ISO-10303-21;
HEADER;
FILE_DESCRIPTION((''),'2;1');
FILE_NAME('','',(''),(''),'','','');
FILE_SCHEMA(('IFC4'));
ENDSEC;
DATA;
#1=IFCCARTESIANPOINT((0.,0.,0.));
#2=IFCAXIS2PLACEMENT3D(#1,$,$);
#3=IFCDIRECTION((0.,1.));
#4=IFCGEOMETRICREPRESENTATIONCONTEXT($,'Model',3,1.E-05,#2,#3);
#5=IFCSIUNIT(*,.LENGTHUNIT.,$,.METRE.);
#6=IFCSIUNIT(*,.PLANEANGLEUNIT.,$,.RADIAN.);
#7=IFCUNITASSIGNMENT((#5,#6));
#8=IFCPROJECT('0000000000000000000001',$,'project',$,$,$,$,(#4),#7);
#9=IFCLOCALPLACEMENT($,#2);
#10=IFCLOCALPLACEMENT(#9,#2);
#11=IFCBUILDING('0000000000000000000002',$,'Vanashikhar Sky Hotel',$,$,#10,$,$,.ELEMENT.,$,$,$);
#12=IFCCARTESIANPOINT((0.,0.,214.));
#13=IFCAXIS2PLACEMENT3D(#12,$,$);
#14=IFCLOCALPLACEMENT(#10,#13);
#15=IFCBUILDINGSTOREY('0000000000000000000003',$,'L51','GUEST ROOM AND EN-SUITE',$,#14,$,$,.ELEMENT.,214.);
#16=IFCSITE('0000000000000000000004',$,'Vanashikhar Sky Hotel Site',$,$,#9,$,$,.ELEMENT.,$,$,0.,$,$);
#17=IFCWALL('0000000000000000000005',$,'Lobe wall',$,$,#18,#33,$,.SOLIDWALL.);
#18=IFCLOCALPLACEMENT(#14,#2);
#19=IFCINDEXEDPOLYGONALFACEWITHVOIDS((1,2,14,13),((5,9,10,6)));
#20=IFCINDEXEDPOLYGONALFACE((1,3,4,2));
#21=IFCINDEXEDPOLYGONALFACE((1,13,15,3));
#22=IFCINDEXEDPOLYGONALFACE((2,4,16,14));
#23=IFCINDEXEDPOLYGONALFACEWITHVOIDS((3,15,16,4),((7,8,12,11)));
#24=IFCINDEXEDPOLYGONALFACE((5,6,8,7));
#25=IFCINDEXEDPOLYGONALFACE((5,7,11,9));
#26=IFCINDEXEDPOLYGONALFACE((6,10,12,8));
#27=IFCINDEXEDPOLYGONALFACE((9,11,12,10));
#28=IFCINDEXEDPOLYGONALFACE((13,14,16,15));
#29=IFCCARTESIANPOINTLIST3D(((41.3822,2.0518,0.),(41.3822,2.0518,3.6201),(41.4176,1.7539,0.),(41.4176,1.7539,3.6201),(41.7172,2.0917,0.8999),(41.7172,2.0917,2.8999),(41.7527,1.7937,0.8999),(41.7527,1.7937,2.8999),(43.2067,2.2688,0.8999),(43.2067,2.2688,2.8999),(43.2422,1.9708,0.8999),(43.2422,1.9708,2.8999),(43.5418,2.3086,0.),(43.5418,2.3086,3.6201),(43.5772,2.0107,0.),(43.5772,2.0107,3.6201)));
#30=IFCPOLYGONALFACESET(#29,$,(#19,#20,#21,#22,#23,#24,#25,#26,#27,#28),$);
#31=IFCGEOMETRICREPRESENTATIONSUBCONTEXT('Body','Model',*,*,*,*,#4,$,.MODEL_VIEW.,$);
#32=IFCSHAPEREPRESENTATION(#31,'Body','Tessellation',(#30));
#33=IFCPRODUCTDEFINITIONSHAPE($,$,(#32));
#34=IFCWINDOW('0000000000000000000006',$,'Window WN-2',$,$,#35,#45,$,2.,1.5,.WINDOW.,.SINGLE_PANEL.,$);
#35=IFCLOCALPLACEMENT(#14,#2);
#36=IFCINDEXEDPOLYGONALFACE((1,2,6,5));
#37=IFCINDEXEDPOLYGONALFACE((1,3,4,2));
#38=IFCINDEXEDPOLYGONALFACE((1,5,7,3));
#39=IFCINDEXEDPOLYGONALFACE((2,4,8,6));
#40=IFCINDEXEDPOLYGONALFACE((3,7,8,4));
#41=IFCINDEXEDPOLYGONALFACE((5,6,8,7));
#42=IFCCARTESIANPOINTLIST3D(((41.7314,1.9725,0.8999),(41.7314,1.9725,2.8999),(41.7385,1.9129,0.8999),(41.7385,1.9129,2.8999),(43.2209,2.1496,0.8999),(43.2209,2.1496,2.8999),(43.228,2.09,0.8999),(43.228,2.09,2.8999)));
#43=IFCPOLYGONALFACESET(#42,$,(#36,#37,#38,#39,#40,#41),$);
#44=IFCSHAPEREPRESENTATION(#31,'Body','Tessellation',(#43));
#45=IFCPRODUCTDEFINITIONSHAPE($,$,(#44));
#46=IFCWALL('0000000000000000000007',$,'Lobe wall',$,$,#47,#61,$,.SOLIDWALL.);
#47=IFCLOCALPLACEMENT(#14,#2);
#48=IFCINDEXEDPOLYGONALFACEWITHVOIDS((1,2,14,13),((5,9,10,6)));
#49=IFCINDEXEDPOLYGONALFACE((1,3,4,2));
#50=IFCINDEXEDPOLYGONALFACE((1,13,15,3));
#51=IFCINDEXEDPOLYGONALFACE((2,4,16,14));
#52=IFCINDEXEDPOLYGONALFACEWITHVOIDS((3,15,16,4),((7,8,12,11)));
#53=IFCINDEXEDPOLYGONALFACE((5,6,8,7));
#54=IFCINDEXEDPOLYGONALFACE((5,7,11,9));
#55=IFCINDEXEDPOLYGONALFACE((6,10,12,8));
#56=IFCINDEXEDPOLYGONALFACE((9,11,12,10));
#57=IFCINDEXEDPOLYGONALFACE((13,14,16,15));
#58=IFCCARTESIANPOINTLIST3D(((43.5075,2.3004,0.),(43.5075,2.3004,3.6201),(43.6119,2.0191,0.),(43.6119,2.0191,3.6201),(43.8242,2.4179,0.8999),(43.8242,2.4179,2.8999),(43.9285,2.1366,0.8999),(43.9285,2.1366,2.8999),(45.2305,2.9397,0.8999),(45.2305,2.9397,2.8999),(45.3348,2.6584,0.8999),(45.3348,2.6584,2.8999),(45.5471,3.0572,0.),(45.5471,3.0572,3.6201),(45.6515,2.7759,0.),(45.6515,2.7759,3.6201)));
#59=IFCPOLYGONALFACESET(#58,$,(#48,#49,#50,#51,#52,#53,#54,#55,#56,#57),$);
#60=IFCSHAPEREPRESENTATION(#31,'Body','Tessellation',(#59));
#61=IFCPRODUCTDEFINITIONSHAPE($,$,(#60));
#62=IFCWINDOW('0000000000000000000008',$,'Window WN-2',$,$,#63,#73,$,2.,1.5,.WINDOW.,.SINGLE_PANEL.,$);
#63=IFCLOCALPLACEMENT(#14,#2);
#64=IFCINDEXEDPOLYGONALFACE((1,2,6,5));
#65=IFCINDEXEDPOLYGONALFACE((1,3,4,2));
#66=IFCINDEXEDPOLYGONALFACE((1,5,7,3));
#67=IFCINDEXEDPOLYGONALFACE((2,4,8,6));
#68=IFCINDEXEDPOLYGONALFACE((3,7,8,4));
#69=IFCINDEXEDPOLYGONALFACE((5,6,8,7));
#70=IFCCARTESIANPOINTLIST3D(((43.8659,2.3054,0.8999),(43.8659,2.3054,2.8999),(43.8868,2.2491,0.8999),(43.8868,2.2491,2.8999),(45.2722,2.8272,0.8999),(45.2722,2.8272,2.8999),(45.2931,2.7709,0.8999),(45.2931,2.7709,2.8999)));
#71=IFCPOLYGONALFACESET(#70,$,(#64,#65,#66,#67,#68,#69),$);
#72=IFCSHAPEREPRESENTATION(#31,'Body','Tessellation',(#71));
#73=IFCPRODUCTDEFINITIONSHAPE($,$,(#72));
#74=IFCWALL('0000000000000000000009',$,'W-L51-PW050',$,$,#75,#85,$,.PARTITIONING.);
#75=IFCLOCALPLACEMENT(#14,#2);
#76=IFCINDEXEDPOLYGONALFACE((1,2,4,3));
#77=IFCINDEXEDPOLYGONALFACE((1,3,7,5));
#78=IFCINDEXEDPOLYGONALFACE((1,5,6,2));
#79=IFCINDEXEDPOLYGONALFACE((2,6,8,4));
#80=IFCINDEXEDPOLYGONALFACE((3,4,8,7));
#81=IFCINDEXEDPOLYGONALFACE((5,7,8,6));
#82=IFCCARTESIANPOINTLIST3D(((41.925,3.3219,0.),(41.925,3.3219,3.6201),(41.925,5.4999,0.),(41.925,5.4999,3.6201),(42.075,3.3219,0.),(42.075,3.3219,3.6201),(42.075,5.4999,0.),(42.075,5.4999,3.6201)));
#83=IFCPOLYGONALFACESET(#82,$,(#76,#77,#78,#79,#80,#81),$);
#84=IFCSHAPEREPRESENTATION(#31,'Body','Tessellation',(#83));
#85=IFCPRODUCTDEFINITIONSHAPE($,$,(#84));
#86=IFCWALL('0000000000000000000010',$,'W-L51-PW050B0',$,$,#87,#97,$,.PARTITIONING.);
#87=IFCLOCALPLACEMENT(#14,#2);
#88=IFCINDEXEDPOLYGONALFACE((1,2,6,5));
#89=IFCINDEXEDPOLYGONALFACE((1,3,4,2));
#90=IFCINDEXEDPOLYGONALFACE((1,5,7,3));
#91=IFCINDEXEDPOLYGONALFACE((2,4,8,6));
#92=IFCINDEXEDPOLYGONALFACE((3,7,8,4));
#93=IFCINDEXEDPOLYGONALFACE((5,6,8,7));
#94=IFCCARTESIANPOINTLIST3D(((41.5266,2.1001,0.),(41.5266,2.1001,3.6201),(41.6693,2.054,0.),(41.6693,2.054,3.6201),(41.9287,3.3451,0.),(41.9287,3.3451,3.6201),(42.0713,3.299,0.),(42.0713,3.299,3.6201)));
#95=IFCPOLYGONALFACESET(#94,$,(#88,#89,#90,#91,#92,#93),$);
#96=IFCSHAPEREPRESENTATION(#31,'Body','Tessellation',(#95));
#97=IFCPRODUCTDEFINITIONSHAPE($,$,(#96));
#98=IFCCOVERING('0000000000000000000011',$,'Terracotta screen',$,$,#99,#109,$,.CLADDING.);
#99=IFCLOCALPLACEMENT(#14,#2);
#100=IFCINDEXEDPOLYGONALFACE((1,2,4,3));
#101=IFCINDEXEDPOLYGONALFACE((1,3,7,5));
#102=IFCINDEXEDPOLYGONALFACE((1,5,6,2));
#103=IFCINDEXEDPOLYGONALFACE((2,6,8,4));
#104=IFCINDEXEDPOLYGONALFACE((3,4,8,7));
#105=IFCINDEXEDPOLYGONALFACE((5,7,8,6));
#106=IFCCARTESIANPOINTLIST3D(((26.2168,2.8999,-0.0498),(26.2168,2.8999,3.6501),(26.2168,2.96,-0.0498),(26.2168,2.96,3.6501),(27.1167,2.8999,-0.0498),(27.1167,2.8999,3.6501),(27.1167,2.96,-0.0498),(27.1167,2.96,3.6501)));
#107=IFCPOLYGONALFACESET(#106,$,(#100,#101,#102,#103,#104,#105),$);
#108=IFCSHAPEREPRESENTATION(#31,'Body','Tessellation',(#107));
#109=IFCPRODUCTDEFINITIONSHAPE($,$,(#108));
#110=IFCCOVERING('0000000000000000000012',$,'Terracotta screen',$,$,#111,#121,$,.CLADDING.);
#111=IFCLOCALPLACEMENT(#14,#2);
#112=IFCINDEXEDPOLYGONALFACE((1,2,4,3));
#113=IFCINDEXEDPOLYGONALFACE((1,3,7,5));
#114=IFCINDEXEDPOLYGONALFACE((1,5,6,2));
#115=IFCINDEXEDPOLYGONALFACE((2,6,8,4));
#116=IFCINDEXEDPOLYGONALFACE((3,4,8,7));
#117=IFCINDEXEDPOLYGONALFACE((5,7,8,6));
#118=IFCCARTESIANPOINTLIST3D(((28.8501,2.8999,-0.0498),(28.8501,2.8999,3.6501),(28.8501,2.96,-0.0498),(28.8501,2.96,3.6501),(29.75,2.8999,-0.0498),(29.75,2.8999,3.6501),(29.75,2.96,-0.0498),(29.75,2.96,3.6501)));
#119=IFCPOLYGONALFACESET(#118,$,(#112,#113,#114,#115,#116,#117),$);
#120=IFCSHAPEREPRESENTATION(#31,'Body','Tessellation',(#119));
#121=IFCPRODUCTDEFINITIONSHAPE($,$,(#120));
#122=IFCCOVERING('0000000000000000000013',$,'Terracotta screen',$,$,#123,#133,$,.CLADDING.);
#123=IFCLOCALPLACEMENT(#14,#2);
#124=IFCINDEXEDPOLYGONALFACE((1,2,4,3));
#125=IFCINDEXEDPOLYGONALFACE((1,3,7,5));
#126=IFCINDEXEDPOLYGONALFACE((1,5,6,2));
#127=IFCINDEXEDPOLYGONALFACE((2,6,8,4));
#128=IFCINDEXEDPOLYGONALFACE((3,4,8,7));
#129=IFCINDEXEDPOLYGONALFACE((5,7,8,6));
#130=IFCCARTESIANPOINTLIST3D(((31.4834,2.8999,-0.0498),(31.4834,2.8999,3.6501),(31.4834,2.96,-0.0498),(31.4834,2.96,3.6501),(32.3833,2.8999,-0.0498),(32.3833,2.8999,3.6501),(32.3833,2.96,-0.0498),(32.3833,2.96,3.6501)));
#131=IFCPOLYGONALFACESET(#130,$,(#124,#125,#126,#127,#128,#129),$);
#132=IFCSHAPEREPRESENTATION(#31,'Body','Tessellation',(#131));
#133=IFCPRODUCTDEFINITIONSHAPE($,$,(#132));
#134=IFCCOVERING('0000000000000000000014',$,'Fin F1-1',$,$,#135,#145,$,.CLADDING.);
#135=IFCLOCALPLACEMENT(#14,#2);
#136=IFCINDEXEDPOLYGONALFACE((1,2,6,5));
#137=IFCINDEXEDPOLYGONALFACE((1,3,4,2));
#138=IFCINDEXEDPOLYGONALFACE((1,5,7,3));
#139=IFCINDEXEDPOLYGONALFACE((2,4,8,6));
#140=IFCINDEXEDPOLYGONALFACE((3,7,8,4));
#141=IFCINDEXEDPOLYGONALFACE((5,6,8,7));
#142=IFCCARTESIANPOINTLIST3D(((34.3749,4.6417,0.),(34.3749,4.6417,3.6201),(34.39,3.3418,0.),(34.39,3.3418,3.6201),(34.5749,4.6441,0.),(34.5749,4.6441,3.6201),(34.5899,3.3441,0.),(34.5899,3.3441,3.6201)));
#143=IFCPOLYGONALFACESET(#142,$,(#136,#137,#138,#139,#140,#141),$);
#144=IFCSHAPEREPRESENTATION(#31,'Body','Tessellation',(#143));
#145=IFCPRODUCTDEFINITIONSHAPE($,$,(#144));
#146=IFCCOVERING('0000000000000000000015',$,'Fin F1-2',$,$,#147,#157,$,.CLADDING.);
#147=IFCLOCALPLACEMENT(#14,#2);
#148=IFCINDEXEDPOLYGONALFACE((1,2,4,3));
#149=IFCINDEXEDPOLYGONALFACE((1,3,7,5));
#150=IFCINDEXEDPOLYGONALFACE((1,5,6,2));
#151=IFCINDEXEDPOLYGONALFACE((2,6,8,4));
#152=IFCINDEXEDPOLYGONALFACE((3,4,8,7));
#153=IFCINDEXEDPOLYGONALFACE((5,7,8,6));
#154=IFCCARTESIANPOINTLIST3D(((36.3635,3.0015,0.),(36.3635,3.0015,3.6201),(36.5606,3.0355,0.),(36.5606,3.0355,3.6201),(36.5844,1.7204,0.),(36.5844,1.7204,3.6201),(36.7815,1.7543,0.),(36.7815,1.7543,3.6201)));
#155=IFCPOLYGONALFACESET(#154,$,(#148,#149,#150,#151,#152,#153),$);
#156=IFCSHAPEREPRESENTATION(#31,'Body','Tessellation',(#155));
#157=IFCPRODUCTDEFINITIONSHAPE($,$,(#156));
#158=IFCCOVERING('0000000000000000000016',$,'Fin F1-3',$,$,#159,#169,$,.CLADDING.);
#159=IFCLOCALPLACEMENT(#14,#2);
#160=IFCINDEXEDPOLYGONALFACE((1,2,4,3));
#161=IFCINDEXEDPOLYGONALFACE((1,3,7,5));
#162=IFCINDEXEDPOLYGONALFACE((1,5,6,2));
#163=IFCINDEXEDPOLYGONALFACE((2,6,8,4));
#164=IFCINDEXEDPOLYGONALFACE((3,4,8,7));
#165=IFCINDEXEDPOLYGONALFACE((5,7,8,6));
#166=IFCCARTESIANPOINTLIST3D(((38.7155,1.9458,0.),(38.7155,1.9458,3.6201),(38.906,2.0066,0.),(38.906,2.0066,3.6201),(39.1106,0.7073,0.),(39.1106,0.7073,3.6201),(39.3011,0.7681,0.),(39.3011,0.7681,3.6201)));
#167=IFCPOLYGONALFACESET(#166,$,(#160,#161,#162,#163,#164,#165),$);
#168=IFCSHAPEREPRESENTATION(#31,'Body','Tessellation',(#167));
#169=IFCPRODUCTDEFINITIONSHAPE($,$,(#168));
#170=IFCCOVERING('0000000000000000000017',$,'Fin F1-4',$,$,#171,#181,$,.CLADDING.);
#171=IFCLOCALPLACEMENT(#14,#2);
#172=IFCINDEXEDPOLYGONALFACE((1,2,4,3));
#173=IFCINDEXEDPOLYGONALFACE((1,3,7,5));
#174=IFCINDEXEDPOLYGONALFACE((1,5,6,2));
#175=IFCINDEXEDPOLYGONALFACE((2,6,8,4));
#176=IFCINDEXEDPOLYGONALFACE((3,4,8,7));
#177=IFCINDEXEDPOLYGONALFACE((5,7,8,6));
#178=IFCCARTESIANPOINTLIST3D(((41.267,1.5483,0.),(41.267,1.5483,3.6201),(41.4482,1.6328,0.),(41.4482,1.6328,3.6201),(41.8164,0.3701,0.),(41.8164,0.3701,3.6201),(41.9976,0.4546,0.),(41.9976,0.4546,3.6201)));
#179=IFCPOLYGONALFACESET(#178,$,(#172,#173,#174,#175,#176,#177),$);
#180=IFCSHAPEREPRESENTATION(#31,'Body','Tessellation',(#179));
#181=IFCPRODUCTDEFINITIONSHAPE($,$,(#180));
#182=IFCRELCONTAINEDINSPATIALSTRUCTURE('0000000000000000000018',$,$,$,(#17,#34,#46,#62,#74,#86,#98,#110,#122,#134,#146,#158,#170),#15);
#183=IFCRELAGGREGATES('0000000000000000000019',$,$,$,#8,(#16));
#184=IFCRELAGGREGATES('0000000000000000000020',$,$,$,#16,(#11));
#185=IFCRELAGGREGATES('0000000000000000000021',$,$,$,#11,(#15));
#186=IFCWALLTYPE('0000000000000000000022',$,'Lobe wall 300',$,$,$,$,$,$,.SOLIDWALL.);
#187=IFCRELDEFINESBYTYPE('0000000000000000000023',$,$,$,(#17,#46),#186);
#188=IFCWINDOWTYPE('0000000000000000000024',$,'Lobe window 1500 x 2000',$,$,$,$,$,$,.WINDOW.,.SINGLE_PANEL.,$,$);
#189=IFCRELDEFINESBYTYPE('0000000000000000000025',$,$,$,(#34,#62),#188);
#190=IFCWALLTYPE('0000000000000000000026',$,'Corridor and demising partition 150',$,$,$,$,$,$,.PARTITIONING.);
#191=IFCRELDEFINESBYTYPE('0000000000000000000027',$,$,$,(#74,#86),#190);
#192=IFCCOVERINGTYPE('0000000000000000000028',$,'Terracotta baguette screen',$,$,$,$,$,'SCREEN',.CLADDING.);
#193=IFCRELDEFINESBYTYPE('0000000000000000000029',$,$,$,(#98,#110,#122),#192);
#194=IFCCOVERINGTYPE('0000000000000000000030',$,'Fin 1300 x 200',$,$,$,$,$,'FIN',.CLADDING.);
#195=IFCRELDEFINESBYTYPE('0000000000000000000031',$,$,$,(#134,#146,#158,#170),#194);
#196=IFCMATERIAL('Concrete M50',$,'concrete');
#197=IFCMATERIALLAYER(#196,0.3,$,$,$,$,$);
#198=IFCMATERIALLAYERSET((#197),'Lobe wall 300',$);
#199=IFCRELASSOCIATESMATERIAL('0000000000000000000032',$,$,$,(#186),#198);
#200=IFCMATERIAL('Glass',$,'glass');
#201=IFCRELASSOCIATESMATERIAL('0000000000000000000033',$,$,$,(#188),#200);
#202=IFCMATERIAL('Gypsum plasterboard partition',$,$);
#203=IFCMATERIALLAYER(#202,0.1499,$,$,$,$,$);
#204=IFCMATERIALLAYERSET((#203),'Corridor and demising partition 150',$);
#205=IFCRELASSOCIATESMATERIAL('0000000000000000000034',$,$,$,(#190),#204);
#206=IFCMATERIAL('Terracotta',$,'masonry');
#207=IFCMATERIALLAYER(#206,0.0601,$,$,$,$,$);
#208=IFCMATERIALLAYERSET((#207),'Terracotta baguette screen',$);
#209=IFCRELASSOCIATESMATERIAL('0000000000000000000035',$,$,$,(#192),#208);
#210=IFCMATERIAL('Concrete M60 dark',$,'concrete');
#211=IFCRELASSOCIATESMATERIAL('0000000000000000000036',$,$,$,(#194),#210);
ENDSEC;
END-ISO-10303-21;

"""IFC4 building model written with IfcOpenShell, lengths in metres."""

from ifc_helpers import new_model, si_unit, direction, frame, frame_2d, origin, origin_2d, place, context, subcontext, project, spatial, rectangle, extrude, source, transform, mapped, material, layer, layer_set, material_profile, profile_set, type_object, element, fill, save


model = new_model("IFC4")

# Units and contexts
model_context = context("Model", 3, precision=1e-05, world=origin(), true_north=direction((0.0, 1.0)))
body_context = subcontext(model_context, "Body", "Model", "MODEL_VIEW")
ifc_project = project(units=[si_unit("LENGTHUNIT", "METRE"), si_unit("PLANEANGLEUNIT", "RADIAN")], contexts=[model_context])

# Site, building, storey
site_placement = place(None, origin())
site = spatial("IfcSite", under=ifc_project, at=site_placement, Name="Vanashikhar Sky Hotel Site", CompositionType="ELEMENT", RefElevation=0.0)
building_placement = place(site_placement, origin())
building = spatial("IfcBuilding", under=site, at=building_placement, Name="Vanashikhar Sky Hotel", CompositionType="ELEMENT")
storey_placement = place(building_placement, frame((0.0, 0.0, 214.0)))
storey = spatial("IfcBuildingStorey", under=building, at=storey_placement, Name="L51", Description="GUEST ROOM AND EN-SUITE", CompositionType="ELEMENT", Elevation=214.0)

# Walls, openings, windows
ifc_material_1 = material(Name="Concrete M50", Category="concrete")
ifc_layer_1 = layer(ifc_material_1, 0.3)
ifc_layer_set_1 = layer_set([ifc_layer_1], Name="Lobe wall 300")
wall_type_1 = type_object("IfcWallType", Name="Lobe wall 300", PredefinedType="SOLIDWALL", material=ifc_layer_set_1)
shared_shape_1 = source(origin(), body_context, "Body", "SweptSolid", [
    extrude(rectangle(XDim=1.5, YDim=2.0, at=frame_2d((0.75, 1.0))), frame((0.0, 0.1602, 0.0), z_axis=(0.0, -1.0, 0.0), x_axis=(1.0, 0.0, 0.0)), (0.0, 0.0, 1.0), 0.3201),
])
ifc_material_2 = material(Name="Glass", Category="glass")
window_type = type_object("IfcWindowType", Name="Lobe window 1500 x 2000", PartitioningType="SINGLE_PANEL", PredefinedType="WINDOW", material=ifc_material_2)
shared_shape_2 = source(origin(), body_context, "Body", "SweptSolid", [
    extrude(rectangle(XDim=1.5, YDim=2.0, at=frame_2d((0.75, 1.0))), frame((0.0, 0.03, 0.0), z_axis=(0.0, -1.0, 0.0), x_axis=(1.0, 0.0, 0.0)), (0.0, 0.0, 1.0), 0.0601),
])
shared_shape_3 = source(origin(), body_context, "Body", "SweptSolid", [
    extrude(rectangle(XDim=2.1748, YDim=0.3, at=frame_2d((1.0874, 0.0))), origin(), (0.0, 0.0, 1.0), 3.6201),
])
wall_1_placement = place(storey_placement, frame((41.3999, 1.9028, 0.0), z_axis=(0.0, 0.0, 1.0), x_axis=(0.993003, 0.118092, 0.0)))
wall_1 = element("IfcWall", 1, at=wall_1_placement, inside=storey, type_object=wall_type_1, Name="Lobe wall", PredefinedType="SOLIDWALL", context=body_context, shape_type="MappedRepresentation", body=[
    mapped(shared_shape_3, transform((0.0, 0.0, 0.0), scale=1.0)),
])
opening_1_placement = place(wall_1_placement, frame((0.3374, 0.0, 0.8999)))
opening_1 = element("IfcOpeningElement", 2, at=opening_1_placement, cuts=wall_1, PredefinedType="OPENING", context=body_context, shape_type="MappedRepresentation", body=[
    mapped(shared_shape_1, transform((0.0, 0.0, 0.0), scale=1.0)),
])
window_1_placement = place(opening_1_placement, origin())
window_1 = element("IfcWindow", 3, at=window_1_placement, inside=storey, type_object=window_type, Name="Window WN-2", OverallHeight=2.0, OverallWidth=1.5, PartitioningType="SINGLE_PANEL", PredefinedType="WINDOW", context=body_context, shape_type="MappedRepresentation", body=[
    mapped(shared_shape_2, transform((0.0, 0.0, 0.0), scale=1.0)),
])
fill(opening_1, window_1)
shared_shape_4 = source(origin(), body_context, "Body", "SweptSolid", [
    extrude(rectangle(XDim=2.1755, YDim=0.3, at=frame_2d((1.0879, 0.0))), origin(), (0.0, 0.0, 1.0), 3.6201),
])
wall_2_placement = place(storey_placement, frame((43.5596, 2.1597, 0.0), z_axis=(0.0, 0.0, 1.0), x_axis=(0.937532, 0.347899, 0.0)))
wall_2 = element("IfcWall", 4, at=wall_2_placement, inside=storey, type_object=wall_type_1, Name="Lobe wall", PredefinedType="SOLIDWALL", context=body_context, shape_type="MappedRepresentation", body=[
    mapped(shared_shape_4, transform((0.0, 0.0, 0.0), scale=1.0)),
])
opening_2_placement = place(wall_2_placement, frame((0.3379, 0.0, 0.8999)))
opening_2 = element("IfcOpeningElement", 5, at=opening_2_placement, cuts=wall_2, PredefinedType="OPENING", context=body_context, shape_type="MappedRepresentation", body=[
    mapped(shared_shape_1, transform((0.0, 0.0, 0.0), scale=1.0)),
])
window_2_placement = place(opening_2_placement, origin())
window_2 = element("IfcWindow", 6, at=window_2_placement, inside=storey, type_object=window_type, Name="Window WN-2", OverallHeight=2.0, OverallWidth=1.5, PartitioningType="SINGLE_PANEL", PredefinedType="WINDOW", context=body_context, shape_type="MappedRepresentation", body=[
    mapped(shared_shape_2, transform((0.0, 0.0, 0.0), scale=1.0)),
])
fill(opening_2, window_2)

# Walls
ifc_material_3 = material(Name="Gypsum plasterboard partition")
ifc_layer_2 = layer(ifc_material_3, 0.1499)
ifc_layer_set_2 = layer_set([ifc_layer_2], Name="Corridor and demising partition 150")
wall_type_2 = type_object("IfcWallType", Name="Corridor and demising partition 150", PredefinedType="PARTITIONING", material=ifc_layer_set_2)
shared_shape_5 = source(origin(), body_context, "Body", "SweptSolid", [
    extrude(rectangle(XDim=2.178, YDim=0.1499, at=frame_2d((1.0889, 0.0))), origin(), (0.0, 0.0, 1.0), 3.6201),
])
wall_3_placement = place(storey_placement, frame((42.0, 3.322, 0.0), z_axis=(0.0, 0.0, 1.0), x_axis=(0.0, 1.0, 0.0)))
element("IfcWall", 7, at=wall_3_placement, inside=storey, type_object=wall_type_2, Name="W-L51-PW050", PredefinedType="PARTITIONING", context=body_context, shape_type="MappedRepresentation", body=[
    mapped(shared_shape_5, transform((0.0, 0.0, 0.0), scale=1.0)),
])
shared_shape_6 = source(origin(), body_context, "Body", "SweptSolid", [
    extrude(rectangle(XDim=1.3083, YDim=0.1499, at=frame_2d((0.6543, 0.0))), origin(), (0.0, 0.0, 1.0), 3.6201),
])
wall_4_placement = place(storey_placement, frame((41.5979, 2.0769, 0.0), z_axis=(0.0, 0.0, 1.0), x_axis=(0.307314, 0.951608, 0.0)))
element("IfcWall", 8, at=wall_4_placement, inside=storey, type_object=wall_type_2, Name="W-L51-PW050B0", PredefinedType="PARTITIONING", context=body_context, shape_type="MappedRepresentation", body=[
    mapped(shared_shape_6, transform((0.0, 0.0, 0.0), scale=1.0)),
])

# Coverings
ifc_material_4 = material(Name="Terracotta", Category="masonry")
ifc_layer_3 = layer(ifc_material_4, 0.0601)
ifc_layer_set_3 = layer_set([ifc_layer_3], Name="Terracotta baguette screen")
covering_type_1 = type_object("IfcCoveringType", Name="Terracotta baguette screen", ElementType="SCREEN", PredefinedType="CLADDING", material=ifc_layer_set_3)
shared_shape_7 = source(origin(), body_context, "Body", "SweptSolid", [
    extrude(rectangle(XDim=0.8999, YDim=0.0601, at=origin_2d()), origin(), (0.0, 0.0, 1.0), 3.7),
])
for number, where, z_axis, x_axis, name in (
    (9, (26.6667, 2.9299, -0.0498), (0.0, 0.0, 1.0), (1.0, 0.0, 0.0), "Terracotta screen"),
    (10, (29.3, 2.9299, -0.0498), (0.0, 0.0, 1.0), (1.0, 0.0, 0.0), "Terracotta screen"),
    (11, (31.9333, 2.9299, -0.0498), (0.0, 0.0, 1.0), (1.0, 0.0, 0.0), "Terracotta screen"),
):
    element("IfcCovering", number, at=place(storey_placement, frame(where, z_axis=z_axis, x_axis=x_axis)), inside=storey, type_object=covering_type_1, Name=name, PredefinedType="CLADDING", context=body_context, shape_type="MappedRepresentation", body=[
        mapped(shared_shape_7, transform((0.0, 0.0, 0.0), scale=1.0)),
    ])
ifc_material_5 = material(Name="Concrete M60 dark", Category="concrete")
ifc_material_profile = material_profile(ifc_material_5, rectangle(XDim=1.3, YDim=0.2, at=origin_2d()))
ifc_profile_set = profile_set([ifc_material_profile], Name="Fin 1300 x 200")
covering_type_2 = type_object("IfcCoveringType", Name="Fin 1300 x 200", ElementType="FIN", PredefinedType="CLADDING", material=ifc_profile_set)
shared_shape_8 = source(origin(), body_context, "Body", "SweptSolid", [
    extrude(rectangle(XDim=1.3, YDim=0.2, at=origin_2d()), origin(), (0.0, 0.0, 1.0), 3.6201),
])
for number, where, z_axis, x_axis, name in (
    (12, (34.4824, 3.9929, 0.0), (0.0, 0.0, 1.0), (0.011589, -0.999933, 0.0), "Fin F1-1"),
    (13, (36.5725, 2.3779, 0.0), (0.0, 0.0, 1.0), (0.1699, -0.985461, 0.0), "Fin F1-2"),
    (14, (39.0083, 1.3569, 0.0), (0.0, 0.0, 1.0), (0.303967, -0.952683, 0.0), "Fin F1-3"),
    (15, (41.6323, 1.0015, 0.0), (0.0, 0.0, 1.0), (0.422618, -0.906308, 0.0), "Fin F1-4"),
):
    element("IfcCovering", number, at=place(storey_placement, frame(where, z_axis=z_axis, x_axis=x_axis)), inside=storey, type_object=covering_type_2, Name=name, PredefinedType="CLADDING", context=body_context, shape_type="MappedRepresentation", body=[
        mapped(shared_shape_8, transform((0.0, 0.0, 0.0), scale=1.0)),
    ])

save(model, "model.ifc")
